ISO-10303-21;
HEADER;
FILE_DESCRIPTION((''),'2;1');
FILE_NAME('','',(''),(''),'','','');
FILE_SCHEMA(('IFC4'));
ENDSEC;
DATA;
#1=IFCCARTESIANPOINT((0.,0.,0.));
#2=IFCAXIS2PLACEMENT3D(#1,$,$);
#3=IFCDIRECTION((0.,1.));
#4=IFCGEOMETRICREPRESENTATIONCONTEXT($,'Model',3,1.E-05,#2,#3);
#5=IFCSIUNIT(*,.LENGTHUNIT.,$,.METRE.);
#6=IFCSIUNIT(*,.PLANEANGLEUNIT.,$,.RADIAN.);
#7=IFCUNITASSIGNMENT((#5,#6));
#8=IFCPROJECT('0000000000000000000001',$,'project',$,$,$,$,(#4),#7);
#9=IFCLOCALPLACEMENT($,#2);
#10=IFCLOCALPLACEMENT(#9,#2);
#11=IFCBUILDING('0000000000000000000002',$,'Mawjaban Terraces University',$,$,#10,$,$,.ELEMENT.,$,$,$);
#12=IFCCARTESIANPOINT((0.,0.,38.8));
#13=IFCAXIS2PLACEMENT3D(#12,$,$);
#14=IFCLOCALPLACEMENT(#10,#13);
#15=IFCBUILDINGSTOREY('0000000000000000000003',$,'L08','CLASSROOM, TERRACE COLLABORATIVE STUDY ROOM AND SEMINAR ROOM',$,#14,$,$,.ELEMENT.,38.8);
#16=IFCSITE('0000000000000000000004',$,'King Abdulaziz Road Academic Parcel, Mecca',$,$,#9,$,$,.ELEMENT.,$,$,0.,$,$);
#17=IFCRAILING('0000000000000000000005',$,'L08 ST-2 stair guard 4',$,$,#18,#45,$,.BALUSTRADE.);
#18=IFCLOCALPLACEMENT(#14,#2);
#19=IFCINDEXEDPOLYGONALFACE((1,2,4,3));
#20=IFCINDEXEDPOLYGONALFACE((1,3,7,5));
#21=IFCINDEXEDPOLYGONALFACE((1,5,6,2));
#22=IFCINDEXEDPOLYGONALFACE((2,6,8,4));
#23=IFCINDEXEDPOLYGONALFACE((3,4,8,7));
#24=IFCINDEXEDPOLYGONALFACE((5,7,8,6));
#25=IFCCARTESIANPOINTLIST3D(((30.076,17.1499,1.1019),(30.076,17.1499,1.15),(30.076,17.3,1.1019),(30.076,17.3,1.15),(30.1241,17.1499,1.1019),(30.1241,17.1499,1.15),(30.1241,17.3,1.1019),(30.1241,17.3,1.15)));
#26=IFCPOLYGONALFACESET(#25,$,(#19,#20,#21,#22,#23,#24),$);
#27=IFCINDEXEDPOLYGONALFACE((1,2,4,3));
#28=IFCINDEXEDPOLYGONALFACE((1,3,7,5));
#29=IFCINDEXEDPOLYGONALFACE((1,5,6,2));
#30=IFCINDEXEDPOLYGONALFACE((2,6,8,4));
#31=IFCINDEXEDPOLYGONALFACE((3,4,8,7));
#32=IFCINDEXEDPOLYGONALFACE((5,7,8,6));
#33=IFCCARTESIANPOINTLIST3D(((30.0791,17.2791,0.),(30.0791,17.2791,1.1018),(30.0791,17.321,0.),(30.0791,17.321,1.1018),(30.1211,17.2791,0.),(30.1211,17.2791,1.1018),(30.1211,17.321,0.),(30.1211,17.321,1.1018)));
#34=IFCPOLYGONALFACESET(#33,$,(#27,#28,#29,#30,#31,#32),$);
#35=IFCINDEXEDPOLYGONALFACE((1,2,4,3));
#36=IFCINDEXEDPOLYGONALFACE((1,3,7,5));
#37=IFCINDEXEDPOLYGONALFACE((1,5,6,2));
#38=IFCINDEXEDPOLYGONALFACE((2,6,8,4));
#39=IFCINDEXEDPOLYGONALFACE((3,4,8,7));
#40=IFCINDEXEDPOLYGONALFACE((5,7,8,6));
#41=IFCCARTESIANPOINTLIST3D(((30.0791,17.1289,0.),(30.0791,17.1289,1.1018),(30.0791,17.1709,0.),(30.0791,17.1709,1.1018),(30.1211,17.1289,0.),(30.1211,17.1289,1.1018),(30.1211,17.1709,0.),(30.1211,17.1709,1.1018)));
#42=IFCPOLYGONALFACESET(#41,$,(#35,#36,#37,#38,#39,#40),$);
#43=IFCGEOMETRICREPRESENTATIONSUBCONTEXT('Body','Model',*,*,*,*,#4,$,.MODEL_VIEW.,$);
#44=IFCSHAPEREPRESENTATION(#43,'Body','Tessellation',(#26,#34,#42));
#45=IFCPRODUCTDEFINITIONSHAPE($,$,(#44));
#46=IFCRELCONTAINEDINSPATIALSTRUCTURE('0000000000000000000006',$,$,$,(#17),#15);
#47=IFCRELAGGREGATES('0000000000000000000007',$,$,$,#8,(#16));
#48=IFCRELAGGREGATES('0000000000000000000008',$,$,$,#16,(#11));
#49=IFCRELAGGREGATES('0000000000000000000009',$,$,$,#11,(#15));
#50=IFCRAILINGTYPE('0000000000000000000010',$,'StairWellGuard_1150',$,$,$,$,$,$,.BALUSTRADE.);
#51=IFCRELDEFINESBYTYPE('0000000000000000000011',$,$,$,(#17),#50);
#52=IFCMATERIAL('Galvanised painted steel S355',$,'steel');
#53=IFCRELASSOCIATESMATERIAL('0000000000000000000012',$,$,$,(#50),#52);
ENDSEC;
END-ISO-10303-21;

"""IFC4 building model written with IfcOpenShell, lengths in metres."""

from ifc_helpers import new_model, si_unit, direction, frame, origin, origin_2d, place, context, subcontext, project, spatial, rectangle, extrude, material, type_object, element, save


model = new_model("IFC4")

# Units and contexts
model_context = context("Model", 3, precision=1e-05, world=origin(), true_north=direction((0.0, 1.0)))
body_context = subcontext(model_context, "Body", "Model", "MODEL_VIEW")
ifc_project = project(units=[si_unit("LENGTHUNIT", "METRE"), si_unit("PLANEANGLEUNIT", "RADIAN")], contexts=[model_context])

# Site, building, storey
site_placement = place(None, origin())
site = spatial("IfcSite", under=ifc_project, at=site_placement, Name="King Abdulaziz Road Academic Parcel, Mecca", CompositionType="ELEMENT", RefElevation=0.0)
building_placement = place(site_placement, origin())
building = spatial("IfcBuilding", under=site, at=building_placement, Name="Mawjaban Terraces University", CompositionType="ELEMENT")
storey_placement = place(building_placement, frame((0.0, 0.0, 38.8)))
storey = spatial("IfcBuildingStorey", under=building, at=storey_placement, Name="L08", Description="CLASSROOM, TERRACE COLLABORATIVE STUDY ROOM AND SEMINAR ROOM", CompositionType="ELEMENT", Elevation=38.8)

# Railing
ifc_material_1 = material(Name="Galvanised painted steel S355", Category="steel")
railing_type_1 = type_object("IfcRailingType", Name="StairWellGuard_1150", PredefinedType="BALUSTRADE", material=ifc_material_1)
railing_1_placement = place(storey_placement, frame((30.1001, 17.3, 0.0)))
element("IfcRailing", 1, at=railing_1_placement, inside=storey, type_object=railing_type_1, Name="L08 ST-2 stair guard 4", PredefinedType="BALUSTRADE", context=body_context, shape_type="SweptSolid", body=[
    extrude(rectangle(XDim=0.0481, YDim=0.0481, at=origin_2d()), frame((0.0, 0.0, 1.126), z_axis=(0.0, -1.0, 0.0), x_axis=(1.0, 0.0, 0.0)), (0.0, 0.0, 1.0), 0.1501),
    extrude(rectangle(XDim=0.042, YDim=0.042, at=origin_2d()), origin(), (0.0, 0.0, 1.0), 1.1018),
    extrude(rectangle(XDim=0.042, YDim=0.042, at=origin_2d()), frame((0.0, -0.1501, 0.0)), (0.0, 0.0, 1.0), 1.1018),
])

save(model, "model.ifc")
